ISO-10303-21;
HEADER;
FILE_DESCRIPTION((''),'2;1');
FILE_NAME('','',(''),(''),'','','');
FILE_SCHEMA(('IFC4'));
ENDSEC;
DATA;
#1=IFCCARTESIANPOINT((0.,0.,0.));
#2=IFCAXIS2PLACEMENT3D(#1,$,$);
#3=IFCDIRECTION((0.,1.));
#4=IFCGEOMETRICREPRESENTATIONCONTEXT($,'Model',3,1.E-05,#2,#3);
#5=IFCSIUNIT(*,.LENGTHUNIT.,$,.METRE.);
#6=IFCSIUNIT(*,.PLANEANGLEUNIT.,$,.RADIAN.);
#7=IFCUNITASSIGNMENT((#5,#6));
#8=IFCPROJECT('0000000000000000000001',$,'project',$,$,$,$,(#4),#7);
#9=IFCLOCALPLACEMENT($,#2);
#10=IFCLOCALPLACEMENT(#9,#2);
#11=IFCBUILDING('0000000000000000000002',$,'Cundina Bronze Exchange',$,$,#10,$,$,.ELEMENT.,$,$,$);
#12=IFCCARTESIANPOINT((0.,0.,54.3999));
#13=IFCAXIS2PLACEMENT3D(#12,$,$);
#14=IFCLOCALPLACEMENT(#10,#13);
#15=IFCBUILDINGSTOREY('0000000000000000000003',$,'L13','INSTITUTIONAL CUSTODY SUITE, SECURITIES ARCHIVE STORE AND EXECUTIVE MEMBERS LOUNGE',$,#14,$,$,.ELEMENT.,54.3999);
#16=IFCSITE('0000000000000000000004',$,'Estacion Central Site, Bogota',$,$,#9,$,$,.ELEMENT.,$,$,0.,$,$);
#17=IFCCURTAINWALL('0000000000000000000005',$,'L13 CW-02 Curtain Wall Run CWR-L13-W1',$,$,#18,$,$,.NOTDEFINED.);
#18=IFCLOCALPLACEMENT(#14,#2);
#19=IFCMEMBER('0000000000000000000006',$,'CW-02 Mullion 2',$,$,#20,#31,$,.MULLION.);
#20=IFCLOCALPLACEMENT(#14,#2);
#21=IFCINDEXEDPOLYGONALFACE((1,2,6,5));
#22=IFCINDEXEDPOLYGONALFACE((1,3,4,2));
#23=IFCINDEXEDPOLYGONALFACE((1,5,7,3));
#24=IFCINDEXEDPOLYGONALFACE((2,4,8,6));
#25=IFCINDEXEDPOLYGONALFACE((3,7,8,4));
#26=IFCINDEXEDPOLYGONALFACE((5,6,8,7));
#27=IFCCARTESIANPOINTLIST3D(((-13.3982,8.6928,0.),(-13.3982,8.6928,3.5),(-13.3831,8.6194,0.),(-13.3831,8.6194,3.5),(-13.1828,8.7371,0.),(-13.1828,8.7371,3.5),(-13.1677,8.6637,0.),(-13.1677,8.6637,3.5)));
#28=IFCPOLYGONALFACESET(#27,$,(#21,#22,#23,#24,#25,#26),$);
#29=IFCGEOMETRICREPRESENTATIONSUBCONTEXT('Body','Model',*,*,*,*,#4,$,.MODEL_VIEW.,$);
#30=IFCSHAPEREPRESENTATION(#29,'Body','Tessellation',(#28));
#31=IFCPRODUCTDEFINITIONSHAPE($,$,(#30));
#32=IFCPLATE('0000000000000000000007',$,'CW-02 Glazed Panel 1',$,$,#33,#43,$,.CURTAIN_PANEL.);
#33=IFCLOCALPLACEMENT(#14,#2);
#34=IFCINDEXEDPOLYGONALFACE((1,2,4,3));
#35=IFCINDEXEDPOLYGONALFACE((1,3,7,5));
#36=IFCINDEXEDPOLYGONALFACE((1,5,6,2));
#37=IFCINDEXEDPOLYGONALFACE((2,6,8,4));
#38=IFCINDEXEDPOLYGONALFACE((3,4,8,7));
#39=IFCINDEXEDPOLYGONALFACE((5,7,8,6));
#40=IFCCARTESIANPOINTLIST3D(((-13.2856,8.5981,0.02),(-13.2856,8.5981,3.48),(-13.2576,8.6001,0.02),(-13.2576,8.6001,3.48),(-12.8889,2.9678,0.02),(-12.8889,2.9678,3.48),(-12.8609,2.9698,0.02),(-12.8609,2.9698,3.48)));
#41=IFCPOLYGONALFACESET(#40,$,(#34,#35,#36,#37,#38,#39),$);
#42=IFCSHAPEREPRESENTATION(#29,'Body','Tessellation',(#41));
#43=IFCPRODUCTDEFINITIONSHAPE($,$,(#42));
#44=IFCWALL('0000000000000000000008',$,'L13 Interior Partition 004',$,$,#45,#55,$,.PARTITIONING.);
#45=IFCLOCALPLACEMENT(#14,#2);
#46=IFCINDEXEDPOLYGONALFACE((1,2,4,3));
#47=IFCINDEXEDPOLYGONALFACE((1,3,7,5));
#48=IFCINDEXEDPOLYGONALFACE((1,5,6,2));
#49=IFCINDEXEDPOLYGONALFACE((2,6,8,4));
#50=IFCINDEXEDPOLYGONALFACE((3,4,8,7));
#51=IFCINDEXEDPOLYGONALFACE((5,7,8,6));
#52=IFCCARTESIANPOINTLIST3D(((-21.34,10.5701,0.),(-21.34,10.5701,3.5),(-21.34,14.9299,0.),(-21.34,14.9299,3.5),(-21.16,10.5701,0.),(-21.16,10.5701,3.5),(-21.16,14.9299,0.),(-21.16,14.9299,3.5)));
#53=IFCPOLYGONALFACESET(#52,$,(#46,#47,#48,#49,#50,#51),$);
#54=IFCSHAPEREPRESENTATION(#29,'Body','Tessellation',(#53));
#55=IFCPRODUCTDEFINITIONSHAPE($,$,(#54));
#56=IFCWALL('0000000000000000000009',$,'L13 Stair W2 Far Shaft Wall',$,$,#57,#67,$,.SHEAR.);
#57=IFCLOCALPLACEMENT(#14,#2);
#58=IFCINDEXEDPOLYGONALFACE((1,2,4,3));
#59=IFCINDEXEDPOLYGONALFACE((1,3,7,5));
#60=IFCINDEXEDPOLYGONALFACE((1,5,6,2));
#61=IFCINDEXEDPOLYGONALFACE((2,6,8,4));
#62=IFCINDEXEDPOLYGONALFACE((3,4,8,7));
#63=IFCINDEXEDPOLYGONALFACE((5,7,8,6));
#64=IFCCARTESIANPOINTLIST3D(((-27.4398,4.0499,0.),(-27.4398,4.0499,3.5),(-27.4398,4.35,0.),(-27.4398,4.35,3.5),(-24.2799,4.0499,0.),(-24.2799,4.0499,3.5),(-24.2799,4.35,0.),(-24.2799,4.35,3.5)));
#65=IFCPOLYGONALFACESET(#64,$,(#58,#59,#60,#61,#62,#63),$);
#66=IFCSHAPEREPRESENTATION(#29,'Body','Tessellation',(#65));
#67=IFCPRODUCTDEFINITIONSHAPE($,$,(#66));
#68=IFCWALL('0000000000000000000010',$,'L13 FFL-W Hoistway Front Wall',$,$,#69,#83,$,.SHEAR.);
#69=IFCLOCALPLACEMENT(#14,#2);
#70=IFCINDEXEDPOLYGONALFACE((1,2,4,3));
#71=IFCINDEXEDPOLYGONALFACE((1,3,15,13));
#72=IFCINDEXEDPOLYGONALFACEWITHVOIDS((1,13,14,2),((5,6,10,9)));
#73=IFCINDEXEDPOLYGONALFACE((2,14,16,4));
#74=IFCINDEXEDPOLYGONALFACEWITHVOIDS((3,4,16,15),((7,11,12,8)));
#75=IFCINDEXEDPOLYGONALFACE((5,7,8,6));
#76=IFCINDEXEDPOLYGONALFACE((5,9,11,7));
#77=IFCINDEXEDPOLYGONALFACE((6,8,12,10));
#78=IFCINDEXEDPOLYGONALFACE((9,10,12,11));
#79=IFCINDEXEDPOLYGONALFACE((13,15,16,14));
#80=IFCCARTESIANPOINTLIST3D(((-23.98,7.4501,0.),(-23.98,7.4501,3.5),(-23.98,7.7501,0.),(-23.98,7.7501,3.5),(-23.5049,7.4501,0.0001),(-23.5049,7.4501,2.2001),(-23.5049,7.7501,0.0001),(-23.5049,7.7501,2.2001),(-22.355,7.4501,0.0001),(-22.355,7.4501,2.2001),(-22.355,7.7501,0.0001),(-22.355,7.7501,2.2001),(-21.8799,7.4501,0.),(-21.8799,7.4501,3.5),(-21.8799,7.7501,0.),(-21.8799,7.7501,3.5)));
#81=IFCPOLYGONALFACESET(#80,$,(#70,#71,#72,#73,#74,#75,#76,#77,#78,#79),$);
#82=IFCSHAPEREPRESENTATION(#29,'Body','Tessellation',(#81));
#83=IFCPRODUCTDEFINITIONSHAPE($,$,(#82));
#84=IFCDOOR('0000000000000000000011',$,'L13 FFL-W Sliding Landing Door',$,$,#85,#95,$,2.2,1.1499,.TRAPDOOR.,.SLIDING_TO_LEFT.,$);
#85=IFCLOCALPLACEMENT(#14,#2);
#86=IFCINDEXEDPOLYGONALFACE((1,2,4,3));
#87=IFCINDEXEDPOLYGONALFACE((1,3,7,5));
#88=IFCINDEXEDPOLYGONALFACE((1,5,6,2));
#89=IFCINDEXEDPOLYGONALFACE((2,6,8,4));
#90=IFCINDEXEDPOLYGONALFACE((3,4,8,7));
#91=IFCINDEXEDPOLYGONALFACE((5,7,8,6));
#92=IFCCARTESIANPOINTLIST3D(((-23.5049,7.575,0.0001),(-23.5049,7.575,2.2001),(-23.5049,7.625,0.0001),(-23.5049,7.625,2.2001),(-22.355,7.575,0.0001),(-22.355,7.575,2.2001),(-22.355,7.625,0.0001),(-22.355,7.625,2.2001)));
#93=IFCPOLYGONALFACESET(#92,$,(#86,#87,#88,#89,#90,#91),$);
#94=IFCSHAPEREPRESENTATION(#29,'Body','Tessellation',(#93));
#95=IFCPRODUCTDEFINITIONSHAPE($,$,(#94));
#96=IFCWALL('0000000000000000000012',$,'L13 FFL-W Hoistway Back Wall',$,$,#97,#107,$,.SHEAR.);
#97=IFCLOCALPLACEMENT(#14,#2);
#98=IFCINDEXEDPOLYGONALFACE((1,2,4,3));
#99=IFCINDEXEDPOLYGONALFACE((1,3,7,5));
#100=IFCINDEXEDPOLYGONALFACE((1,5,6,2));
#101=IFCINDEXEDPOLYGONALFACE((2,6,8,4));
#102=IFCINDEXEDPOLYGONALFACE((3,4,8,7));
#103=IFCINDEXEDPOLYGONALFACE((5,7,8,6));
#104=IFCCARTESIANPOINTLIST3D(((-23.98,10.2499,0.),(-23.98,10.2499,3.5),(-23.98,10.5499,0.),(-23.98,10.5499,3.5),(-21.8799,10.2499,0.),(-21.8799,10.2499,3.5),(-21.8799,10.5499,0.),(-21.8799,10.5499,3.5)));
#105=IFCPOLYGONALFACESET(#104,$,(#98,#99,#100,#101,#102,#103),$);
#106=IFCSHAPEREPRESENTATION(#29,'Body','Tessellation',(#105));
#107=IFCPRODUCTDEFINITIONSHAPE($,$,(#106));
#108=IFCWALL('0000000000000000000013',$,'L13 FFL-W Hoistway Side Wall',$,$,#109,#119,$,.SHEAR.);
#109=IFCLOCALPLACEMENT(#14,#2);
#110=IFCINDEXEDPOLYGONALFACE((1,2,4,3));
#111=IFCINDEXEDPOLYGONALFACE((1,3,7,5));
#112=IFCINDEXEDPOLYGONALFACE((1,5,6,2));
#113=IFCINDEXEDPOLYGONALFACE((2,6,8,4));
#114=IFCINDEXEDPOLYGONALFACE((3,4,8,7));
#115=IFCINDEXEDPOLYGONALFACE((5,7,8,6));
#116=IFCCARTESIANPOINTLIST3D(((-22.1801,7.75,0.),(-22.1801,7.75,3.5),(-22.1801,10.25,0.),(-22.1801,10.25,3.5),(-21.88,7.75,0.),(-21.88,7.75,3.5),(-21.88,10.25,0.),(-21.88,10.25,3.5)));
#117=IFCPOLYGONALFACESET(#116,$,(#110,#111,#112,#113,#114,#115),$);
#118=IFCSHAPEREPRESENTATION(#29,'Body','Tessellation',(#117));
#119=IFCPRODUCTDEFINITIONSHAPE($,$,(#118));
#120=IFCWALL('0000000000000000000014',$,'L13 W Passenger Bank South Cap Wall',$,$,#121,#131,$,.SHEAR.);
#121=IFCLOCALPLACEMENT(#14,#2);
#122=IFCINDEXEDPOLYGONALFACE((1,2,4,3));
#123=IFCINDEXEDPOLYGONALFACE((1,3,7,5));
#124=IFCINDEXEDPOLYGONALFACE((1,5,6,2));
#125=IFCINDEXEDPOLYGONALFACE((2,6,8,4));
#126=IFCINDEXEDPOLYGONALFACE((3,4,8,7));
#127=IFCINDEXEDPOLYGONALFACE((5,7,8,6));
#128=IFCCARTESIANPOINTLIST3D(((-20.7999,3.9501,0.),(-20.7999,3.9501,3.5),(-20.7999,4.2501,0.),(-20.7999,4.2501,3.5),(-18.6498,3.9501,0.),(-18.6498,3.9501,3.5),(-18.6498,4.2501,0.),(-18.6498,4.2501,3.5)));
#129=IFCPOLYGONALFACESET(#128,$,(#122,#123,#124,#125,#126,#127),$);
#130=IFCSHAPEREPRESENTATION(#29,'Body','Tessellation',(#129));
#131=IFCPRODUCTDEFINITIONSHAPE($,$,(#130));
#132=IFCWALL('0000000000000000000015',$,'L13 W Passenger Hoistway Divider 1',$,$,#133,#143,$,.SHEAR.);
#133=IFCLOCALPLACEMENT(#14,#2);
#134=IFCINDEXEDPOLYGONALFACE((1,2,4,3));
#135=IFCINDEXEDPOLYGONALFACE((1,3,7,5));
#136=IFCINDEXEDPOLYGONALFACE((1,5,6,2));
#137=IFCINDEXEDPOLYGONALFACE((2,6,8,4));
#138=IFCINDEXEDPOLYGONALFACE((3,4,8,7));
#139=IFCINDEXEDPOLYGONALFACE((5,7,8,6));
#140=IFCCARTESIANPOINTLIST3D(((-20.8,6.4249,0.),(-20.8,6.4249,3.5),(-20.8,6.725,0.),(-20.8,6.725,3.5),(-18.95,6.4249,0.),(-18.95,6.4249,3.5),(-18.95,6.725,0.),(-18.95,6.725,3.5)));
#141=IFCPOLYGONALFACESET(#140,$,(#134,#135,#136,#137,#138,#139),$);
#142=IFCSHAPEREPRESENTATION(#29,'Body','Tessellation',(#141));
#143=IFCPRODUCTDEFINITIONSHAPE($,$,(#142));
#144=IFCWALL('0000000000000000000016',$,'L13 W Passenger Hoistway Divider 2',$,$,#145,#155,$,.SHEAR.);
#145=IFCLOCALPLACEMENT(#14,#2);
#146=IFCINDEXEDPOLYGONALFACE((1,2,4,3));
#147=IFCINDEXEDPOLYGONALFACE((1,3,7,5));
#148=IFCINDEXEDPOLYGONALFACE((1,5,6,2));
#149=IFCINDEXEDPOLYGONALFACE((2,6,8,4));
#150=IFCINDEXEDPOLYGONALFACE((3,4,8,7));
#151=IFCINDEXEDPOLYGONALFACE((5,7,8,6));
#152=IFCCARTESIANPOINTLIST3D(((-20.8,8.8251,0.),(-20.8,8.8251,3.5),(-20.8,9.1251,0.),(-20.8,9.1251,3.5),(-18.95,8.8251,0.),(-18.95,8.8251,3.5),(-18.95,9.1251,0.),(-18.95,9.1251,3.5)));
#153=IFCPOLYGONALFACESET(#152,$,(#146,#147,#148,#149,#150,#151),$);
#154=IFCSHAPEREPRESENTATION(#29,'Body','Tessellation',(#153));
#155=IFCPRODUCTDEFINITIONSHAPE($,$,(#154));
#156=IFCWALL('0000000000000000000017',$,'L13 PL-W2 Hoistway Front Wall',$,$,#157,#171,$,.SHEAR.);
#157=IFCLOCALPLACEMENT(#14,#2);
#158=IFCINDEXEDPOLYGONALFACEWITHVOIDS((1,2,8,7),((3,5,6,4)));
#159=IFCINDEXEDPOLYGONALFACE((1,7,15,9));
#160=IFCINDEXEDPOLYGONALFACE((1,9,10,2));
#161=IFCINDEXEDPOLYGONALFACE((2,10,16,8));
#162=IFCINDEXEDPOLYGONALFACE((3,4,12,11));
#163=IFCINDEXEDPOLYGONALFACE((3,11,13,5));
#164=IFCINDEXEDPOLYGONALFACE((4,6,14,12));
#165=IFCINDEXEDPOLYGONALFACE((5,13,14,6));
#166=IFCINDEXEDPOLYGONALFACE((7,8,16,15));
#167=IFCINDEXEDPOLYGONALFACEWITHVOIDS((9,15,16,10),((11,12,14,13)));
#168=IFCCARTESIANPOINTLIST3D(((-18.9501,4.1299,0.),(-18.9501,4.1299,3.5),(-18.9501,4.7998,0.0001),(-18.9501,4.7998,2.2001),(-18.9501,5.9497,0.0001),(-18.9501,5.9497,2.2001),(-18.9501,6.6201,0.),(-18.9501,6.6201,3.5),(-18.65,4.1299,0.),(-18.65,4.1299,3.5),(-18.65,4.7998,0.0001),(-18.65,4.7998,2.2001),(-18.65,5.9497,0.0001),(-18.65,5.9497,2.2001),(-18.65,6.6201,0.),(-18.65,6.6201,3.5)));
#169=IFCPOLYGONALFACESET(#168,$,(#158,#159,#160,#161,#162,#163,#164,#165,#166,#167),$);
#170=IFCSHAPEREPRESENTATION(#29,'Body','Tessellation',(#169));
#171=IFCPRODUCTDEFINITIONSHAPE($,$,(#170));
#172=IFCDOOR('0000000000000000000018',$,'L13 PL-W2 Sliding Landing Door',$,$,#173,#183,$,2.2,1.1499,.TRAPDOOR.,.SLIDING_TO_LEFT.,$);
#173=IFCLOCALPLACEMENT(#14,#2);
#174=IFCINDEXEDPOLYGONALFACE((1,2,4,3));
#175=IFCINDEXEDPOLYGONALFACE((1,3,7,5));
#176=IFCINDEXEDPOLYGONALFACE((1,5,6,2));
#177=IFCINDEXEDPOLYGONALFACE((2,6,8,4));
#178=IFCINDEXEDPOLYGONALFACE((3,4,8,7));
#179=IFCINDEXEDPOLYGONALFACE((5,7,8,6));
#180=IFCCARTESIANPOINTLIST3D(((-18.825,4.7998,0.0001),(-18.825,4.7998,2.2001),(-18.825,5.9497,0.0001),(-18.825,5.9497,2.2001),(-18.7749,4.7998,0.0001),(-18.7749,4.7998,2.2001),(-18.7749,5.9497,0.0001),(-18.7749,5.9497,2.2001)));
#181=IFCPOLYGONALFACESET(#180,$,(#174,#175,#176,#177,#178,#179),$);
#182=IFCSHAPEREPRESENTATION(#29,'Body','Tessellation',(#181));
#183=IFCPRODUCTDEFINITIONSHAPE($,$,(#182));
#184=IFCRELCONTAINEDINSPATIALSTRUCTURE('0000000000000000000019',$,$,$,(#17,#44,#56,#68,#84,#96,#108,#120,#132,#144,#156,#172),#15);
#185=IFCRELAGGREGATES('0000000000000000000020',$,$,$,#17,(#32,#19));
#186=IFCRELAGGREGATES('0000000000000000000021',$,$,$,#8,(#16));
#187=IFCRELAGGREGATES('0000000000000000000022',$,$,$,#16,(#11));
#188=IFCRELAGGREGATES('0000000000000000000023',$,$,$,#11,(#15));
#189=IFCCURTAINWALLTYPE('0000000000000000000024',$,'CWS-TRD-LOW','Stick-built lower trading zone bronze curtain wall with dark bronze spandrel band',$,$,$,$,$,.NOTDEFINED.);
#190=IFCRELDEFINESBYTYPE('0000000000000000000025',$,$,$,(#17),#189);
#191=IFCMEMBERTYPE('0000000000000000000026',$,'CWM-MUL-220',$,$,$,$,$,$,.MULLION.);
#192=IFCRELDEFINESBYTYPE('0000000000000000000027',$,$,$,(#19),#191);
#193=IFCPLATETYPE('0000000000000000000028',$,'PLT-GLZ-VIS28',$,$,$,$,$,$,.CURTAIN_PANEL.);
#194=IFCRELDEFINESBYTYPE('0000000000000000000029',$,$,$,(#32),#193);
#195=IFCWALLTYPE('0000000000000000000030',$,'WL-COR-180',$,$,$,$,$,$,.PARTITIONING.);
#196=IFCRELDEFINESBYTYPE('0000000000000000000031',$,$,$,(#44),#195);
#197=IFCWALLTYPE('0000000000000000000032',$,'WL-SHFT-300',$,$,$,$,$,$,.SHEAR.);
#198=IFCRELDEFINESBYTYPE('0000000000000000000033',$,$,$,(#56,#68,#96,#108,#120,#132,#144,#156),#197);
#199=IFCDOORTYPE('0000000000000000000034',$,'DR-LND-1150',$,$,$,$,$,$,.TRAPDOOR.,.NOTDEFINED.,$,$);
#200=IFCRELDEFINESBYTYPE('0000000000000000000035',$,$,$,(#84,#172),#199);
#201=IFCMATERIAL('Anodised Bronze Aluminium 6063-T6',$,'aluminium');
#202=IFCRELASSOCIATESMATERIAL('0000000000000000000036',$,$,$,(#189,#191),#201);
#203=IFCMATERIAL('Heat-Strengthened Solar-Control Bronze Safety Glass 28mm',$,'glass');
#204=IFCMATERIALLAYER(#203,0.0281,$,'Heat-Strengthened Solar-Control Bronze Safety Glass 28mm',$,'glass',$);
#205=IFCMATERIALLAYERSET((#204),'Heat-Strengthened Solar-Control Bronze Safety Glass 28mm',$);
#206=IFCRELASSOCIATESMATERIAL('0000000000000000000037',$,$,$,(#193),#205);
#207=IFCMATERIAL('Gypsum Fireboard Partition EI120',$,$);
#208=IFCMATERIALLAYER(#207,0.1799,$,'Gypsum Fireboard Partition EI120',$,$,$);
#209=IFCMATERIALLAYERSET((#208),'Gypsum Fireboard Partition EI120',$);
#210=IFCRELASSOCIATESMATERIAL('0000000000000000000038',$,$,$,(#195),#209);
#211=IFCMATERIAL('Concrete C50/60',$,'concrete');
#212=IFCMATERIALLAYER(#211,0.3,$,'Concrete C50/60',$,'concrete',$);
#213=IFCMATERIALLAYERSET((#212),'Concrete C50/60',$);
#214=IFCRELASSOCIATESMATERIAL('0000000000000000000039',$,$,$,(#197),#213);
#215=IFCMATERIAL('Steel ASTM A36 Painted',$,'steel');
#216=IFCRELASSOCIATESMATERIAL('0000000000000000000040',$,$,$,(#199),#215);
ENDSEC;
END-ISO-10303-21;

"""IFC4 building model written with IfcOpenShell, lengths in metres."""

from ifc_helpers import new_model, si_unit, direction, frame, frame_2d, origin, origin_2d, place, context, subcontext, project, spatial, rectangle, extrude, material, layer, layer_set, material_profile, profile_set, type_object, element, fill, aggregate, save


model = new_model("IFC4")

# Units and contexts
model_context = context("Model", 3, precision=1e-05, world=origin(), true_north=direction((0.0, 1.0)))
body_context = subcontext(model_context, "Body", "Model", "MODEL_VIEW")
ifc_project = project(units=[si_unit("LENGTHUNIT", "METRE"), si_unit("PLANEANGLEUNIT", "RADIAN")], contexts=[model_context])

# Site, building, storey
site_placement = place(None, origin())
site = spatial("IfcSite", under=ifc_project, at=site_placement, Name="Estacion Central Site, Bogota", CompositionType="ELEMENT", RefElevation=0.0)
building_placement = place(site_placement, origin())
building = spatial("IfcBuilding", under=site, at=building_placement, Name="Cundina Bronze Exchange", CompositionType="ELEMENT")
storey_placement = place(building_placement, frame((0.0, 0.0, 54.3999)))
storey = spatial("IfcBuildingStorey", under=building, at=storey_placement, Name="L13", Description="INSTITUTIONAL CUSTODY SUITE, SECURITIES ARCHIVE STORE AND EXECUTIVE MEMBERS LOUNGE", CompositionType="ELEMENT", Elevation=54.3999)

# Curtain wall, member, plate
ifc_material_1 = material(Name="Anodised Bronze Aluminium 6063-T6", Category="aluminium")
curtain_wall_type = type_object("IfcCurtainWallType", Name="CWS-TRD-LOW", Description="Stick-built lower trading zone bronze curtain wall with dark bronze spandrel band", PredefinedType="NOTDEFINED", material=ifc_material_1)
curtain_wall_placement = place(storey_placement, origin())
curtain_wall = element("IfcCurtainWall", 1, at=curtain_wall_placement, inside=storey, type_object=curtain_wall_type, Name="L13 CW-02 Curtain Wall Run CWR-L13-W1", PredefinedType="NOTDEFINED")
ifc_material_profile_1 = material_profile(ifc_material_1, rectangle(XDim=0.075, YDim=0.22, at=origin_2d()), Name="AL75X220", Category="aluminium")
ifc_profile_set_1 = profile_set([ifc_material_profile_1], Name="Anodised Bronze Aluminium 6063-T6")
member_type = type_object("IfcMemberType", Name="CWM-MUL-220", PredefinedType="MULLION", material=ifc_profile_set_1)
member_placement = place(storey_placement, frame((-13.283, 8.6782, 0.0), z_axis=(0.0, 0.0, 1.0), x_axis=(-0.20142, 0.979505, 0.0)))
member = element("IfcMember", 2, at=member_placement, type_object=member_type, Name="CW-02 Mullion 2", PredefinedType="MULLION", context=body_context, shape_type="SweptSolid", body=[
    extrude(rectangle(XDim=0.075, YDim=0.22, at=origin_2d()), origin(), (0.0, 0.0, 1.0), 3.5),
])
ifc_material_2 = material(Name="Heat-Strengthened Solar-Control Bronze Safety Glass 28mm", Category="glass")
ifc_layer_1 = layer(ifc_material_2, 0.0281, Name="Heat-Strengthened Solar-Control Bronze Safety Glass 28mm", Category="glass")
ifc_layer_set_1 = layer_set([ifc_layer_1], Name="Heat-Strengthened Solar-Control Bronze Safety Glass 28mm")
plate_type = type_object("IfcPlateType", Name="PLT-GLZ-VIS28", PredefinedType="CURTAIN_PANEL", material=ifc_layer_set_1)
plate_placement = place(storey_placement, frame((-13.0732, 5.7839, 0.02), z_axis=(0.0, 0.0, 1.0), x_axis=(-0.070279, 0.997527, 0.0)))
plate = element("IfcPlate", 3, at=plate_placement, type_object=plate_type, Name="CW-02 Glazed Panel 1", PredefinedType="CURTAIN_PANEL", context=body_context, shape_type="SweptSolid", body=[
    extrude(rectangle(XDim=5.6443, YDim=0.0281, at=origin_2d()), origin(), (0.0, 0.0, 1.0), 3.46),
])
aggregate(curtain_wall, [plate, member])

# Walls
ifc_material_3 = material(Name="Gypsum Fireboard Partition EI120")
ifc_layer_2 = layer(ifc_material_3, 0.1799, Name="Gypsum Fireboard Partition EI120")
ifc_layer_set_2 = layer_set([ifc_layer_2], Name="Gypsum Fireboard Partition EI120")
wall_type_1 = type_object("IfcWallType", Name="WL-COR-180", PredefinedType="PARTITIONING", material=ifc_layer_set_2)
wall_1_placement = place(storey_placement, frame((-21.25, 10.5701, 0.0), z_axis=(0.0, 0.0, 1.0), x_axis=(0.0, 1.0, 0.0)))
element("IfcWall", 4, at=wall_1_placement, inside=storey, type_object=wall_type_1, Name="L13 Interior Partition 004", PredefinedType="PARTITIONING", context=body_context, shape_type="SweptSolid", body=[
    extrude(rectangle(XDim=4.3599, YDim=0.1799, at=frame_2d((2.1799, 0.0))), origin(), (0.0, 0.0, 1.0), 3.5),
])
ifc_material_4 = material(Name="Concrete C50/60", Category="concrete")
ifc_layer_3 = layer(ifc_material_4, 0.3, Name="Concrete C50/60", Category="concrete")
ifc_layer_set_3 = layer_set([ifc_layer_3], Name="Concrete C50/60")
wall_type_2 = type_object("IfcWallType", Name="WL-SHFT-300", PredefinedType="SHEAR", material=ifc_layer_set_3)
wall_2_placement = place(storey_placement, frame((-27.4399, 4.2, 0.0), z_axis=(0.0, 0.0, 1.0), x_axis=(1.0, 0.0, 0.0)))
element("IfcWall", 5, at=wall_2_placement, inside=storey, type_object=wall_type_2, Name="L13 Stair W2 Far Shaft Wall", PredefinedType="SHEAR", context=body_context, shape_type="SweptSolid", body=[
    extrude(rectangle(XDim=3.1599, YDim=0.3, at=frame_2d((1.5801, 0.0))), origin(), (0.0, 0.0, 1.0), 3.5),
])

# Wall, opening, door
wall_3_placement = place(storey_placement, frame((-23.98, 7.6001, 0.0), z_axis=(0.0, 0.0, 1.0), x_axis=(1.0, 0.0, 0.0)))
wall_3 = element("IfcWall", 6, at=wall_3_placement, inside=storey, type_object=wall_type_2, Name="L13 FFL-W Hoistway Front Wall", PredefinedType="SHEAR", context=body_context, shape_type="SweptSolid", body=[
    extrude(rectangle(XDim=2.1001, YDim=0.3, at=frame_2d((1.05, 0.0))), origin(), (0.0, 0.0, 1.0), 3.5),
])
opening_1_placement = place(wall_3_placement, frame((0.4751, 0.0, 0.0)))
opening_1 = element("IfcOpeningElement", 7, at=opening_1_placement, cuts=wall_3, PredefinedType="OPENING", context=body_context, shape_type="SweptSolid", body=[
    extrude(rectangle(XDim=1.1499, YDim=2.2, at=frame_2d((0.575, 1.1001))), frame((0.0, 0.1599, 0.0), z_axis=(0.0, -1.0, 0.0), x_axis=(1.0, 0.0, 0.0)), (0.0, 0.0, 1.0), 0.3201),
])
ifc_material_5 = material(Name="Steel ASTM A36 Painted", Category="steel")
door_type = type_object("IfcDoorType", Name="DR-LND-1150", OperationType="NOTDEFINED", PredefinedType="TRAPDOOR", material=ifc_material_5)
door_1_placement = place(opening_1_placement, origin())
door_1 = element("IfcDoor", 8, at=door_1_placement, inside=storey, type_object=door_type, Name="L13 FFL-W Sliding Landing Door", OperationType="SLIDING_TO_LEFT", OverallHeight=2.2, OverallWidth=1.1499, PredefinedType="TRAPDOOR", context=body_context, shape_type="SweptSolid", body=[
    extrude(rectangle(XDim=1.1499, YDim=2.2, at=frame_2d((0.575, 1.1001))), frame((0.0, 0.0249, 0.0), z_axis=(0.0, -1.0, 0.0), x_axis=(1.0, 0.0, 0.0)), (0.0, 0.0, 1.0), 0.05),
])
fill(opening_1, door_1)

# Walls
wall_4_placement = place(storey_placement, frame((-23.98, 10.3999, 0.0), z_axis=(0.0, 0.0, 1.0), x_axis=(1.0, 0.0, 0.0)))
element("IfcWall", 9, at=wall_4_placement, inside=storey, type_object=wall_type_2, Name="L13 FFL-W Hoistway Back Wall", PredefinedType="SHEAR", context=body_context, shape_type="SweptSolid", body=[
    extrude(rectangle(XDim=2.1001, YDim=0.3, at=frame_2d((1.05, 0.0))), origin(), (0.0, 0.0, 1.0), 3.5),
])
wall_5_placement = place(storey_placement, frame((-22.03, 7.75, 0.0), z_axis=(0.0, 0.0, 1.0), x_axis=(0.0, 1.0, 0.0)))
element("IfcWall", 10, at=wall_5_placement, inside=storey, type_object=wall_type_2, Name="L13 FFL-W Hoistway Side Wall", PredefinedType="SHEAR", context=body_context, shape_type="SweptSolid", body=[
    extrude(rectangle(XDim=2.5, YDim=0.3, at=frame_2d((1.25, 0.0))), origin(), (0.0, 0.0, 1.0), 3.5),
])
wall_6_placement = place(storey_placement, frame((-20.8, 4.1001, 0.0), z_axis=(0.0, 0.0, 1.0), x_axis=(1.0, 0.0, 0.0)))
element("IfcWall", 11, at=wall_6_placement, inside=storey, type_object=wall_type_2, Name="L13 W Passenger Bank South Cap Wall", PredefinedType="SHEAR", context=body_context, shape_type="SweptSolid", body=[
    extrude(rectangle(XDim=2.1501, YDim=0.3, at=frame_2d((1.0752, 0.0))), origin(), (0.0, 0.0, 1.0), 3.5),
])
for number, where, z_axis, x_axis, name in (
    (12, (-20.8, 6.575, 0.0), (0.0, 0.0, 1.0), (1.0, 0.0, 0.0), "L13 W Passenger Hoistway Divider 1"),
    (13, (-20.8, 8.9751, 0.0), (0.0, 0.0, 1.0), (1.0, 0.0, 0.0), "L13 W Passenger Hoistway Divider 2"),
):
    element("IfcWall", number, at=place(storey_placement, frame(where, z_axis=z_axis, x_axis=x_axis)), inside=storey, type_object=wall_type_2, Name=name, PredefinedType="SHEAR", context=body_context, shape_type="SweptSolid", body=[
        extrude(rectangle(XDim=1.8501, YDim=0.3, at=frame_2d((0.925, 0.0))), origin(), (0.0, 0.0, 1.0), 3.5),
    ])

# Wall, opening, door
wall_7_placement = place(storey_placement, frame((-18.8, 4.1299, 0.0), z_axis=(0.0, 0.0, 1.0), x_axis=(0.0, 1.0, 0.0)))
wall_7 = element("IfcWall", 14, at=wall_7_placement, inside=storey, type_object=wall_type_2, Name="L13 PL-W2 Hoistway Front Wall", PredefinedType="SHEAR", context=body_context, shape_type="SweptSolid", body=[
    extrude(rectangle(XDim=2.4902, YDim=0.3, at=frame_2d((1.2451, 0.0))), origin(), (0.0, 0.0, 1.0), 3.5),
])
opening_2_placement = place(wall_7_placement, frame((0.6699, 0.0, 0.0)))
opening_2 = element("IfcOpeningElement", 15, at=opening_2_placement, cuts=wall_7, PredefinedType="OPENING", context=body_context, shape_type="SweptSolid", body=[
    extrude(rectangle(XDim=1.1499, YDim=2.2, at=frame_2d((0.575, 1.1001))), frame((0.0, 0.1599, 0.0), z_axis=(0.0, -1.0, 0.0), x_axis=(1.0, 0.0, 0.0)), (0.0, 0.0, 1.0), 0.3201),
])
door_2_placement = place(opening_2_placement, origin())
door_2 = element("IfcDoor", 16, at=door_2_placement, inside=storey, type_object=door_type, Name="L13 PL-W2 Sliding Landing Door", OperationType="SLIDING_TO_LEFT", OverallHeight=2.2, OverallWidth=1.1499, PredefinedType="TRAPDOOR", context=body_context, shape_type="SweptSolid", body=[
    extrude(rectangle(XDim=1.1499, YDim=2.2, at=frame_2d((0.575, 1.1001))), frame((0.0, 0.0249, 0.0), z_axis=(0.0, -1.0, 0.0), x_axis=(1.0, 0.0, 0.0)), (0.0, 0.0, 1.0), 0.05),
])
fill(opening_2, door_2)

save(model, "model.ifc")
